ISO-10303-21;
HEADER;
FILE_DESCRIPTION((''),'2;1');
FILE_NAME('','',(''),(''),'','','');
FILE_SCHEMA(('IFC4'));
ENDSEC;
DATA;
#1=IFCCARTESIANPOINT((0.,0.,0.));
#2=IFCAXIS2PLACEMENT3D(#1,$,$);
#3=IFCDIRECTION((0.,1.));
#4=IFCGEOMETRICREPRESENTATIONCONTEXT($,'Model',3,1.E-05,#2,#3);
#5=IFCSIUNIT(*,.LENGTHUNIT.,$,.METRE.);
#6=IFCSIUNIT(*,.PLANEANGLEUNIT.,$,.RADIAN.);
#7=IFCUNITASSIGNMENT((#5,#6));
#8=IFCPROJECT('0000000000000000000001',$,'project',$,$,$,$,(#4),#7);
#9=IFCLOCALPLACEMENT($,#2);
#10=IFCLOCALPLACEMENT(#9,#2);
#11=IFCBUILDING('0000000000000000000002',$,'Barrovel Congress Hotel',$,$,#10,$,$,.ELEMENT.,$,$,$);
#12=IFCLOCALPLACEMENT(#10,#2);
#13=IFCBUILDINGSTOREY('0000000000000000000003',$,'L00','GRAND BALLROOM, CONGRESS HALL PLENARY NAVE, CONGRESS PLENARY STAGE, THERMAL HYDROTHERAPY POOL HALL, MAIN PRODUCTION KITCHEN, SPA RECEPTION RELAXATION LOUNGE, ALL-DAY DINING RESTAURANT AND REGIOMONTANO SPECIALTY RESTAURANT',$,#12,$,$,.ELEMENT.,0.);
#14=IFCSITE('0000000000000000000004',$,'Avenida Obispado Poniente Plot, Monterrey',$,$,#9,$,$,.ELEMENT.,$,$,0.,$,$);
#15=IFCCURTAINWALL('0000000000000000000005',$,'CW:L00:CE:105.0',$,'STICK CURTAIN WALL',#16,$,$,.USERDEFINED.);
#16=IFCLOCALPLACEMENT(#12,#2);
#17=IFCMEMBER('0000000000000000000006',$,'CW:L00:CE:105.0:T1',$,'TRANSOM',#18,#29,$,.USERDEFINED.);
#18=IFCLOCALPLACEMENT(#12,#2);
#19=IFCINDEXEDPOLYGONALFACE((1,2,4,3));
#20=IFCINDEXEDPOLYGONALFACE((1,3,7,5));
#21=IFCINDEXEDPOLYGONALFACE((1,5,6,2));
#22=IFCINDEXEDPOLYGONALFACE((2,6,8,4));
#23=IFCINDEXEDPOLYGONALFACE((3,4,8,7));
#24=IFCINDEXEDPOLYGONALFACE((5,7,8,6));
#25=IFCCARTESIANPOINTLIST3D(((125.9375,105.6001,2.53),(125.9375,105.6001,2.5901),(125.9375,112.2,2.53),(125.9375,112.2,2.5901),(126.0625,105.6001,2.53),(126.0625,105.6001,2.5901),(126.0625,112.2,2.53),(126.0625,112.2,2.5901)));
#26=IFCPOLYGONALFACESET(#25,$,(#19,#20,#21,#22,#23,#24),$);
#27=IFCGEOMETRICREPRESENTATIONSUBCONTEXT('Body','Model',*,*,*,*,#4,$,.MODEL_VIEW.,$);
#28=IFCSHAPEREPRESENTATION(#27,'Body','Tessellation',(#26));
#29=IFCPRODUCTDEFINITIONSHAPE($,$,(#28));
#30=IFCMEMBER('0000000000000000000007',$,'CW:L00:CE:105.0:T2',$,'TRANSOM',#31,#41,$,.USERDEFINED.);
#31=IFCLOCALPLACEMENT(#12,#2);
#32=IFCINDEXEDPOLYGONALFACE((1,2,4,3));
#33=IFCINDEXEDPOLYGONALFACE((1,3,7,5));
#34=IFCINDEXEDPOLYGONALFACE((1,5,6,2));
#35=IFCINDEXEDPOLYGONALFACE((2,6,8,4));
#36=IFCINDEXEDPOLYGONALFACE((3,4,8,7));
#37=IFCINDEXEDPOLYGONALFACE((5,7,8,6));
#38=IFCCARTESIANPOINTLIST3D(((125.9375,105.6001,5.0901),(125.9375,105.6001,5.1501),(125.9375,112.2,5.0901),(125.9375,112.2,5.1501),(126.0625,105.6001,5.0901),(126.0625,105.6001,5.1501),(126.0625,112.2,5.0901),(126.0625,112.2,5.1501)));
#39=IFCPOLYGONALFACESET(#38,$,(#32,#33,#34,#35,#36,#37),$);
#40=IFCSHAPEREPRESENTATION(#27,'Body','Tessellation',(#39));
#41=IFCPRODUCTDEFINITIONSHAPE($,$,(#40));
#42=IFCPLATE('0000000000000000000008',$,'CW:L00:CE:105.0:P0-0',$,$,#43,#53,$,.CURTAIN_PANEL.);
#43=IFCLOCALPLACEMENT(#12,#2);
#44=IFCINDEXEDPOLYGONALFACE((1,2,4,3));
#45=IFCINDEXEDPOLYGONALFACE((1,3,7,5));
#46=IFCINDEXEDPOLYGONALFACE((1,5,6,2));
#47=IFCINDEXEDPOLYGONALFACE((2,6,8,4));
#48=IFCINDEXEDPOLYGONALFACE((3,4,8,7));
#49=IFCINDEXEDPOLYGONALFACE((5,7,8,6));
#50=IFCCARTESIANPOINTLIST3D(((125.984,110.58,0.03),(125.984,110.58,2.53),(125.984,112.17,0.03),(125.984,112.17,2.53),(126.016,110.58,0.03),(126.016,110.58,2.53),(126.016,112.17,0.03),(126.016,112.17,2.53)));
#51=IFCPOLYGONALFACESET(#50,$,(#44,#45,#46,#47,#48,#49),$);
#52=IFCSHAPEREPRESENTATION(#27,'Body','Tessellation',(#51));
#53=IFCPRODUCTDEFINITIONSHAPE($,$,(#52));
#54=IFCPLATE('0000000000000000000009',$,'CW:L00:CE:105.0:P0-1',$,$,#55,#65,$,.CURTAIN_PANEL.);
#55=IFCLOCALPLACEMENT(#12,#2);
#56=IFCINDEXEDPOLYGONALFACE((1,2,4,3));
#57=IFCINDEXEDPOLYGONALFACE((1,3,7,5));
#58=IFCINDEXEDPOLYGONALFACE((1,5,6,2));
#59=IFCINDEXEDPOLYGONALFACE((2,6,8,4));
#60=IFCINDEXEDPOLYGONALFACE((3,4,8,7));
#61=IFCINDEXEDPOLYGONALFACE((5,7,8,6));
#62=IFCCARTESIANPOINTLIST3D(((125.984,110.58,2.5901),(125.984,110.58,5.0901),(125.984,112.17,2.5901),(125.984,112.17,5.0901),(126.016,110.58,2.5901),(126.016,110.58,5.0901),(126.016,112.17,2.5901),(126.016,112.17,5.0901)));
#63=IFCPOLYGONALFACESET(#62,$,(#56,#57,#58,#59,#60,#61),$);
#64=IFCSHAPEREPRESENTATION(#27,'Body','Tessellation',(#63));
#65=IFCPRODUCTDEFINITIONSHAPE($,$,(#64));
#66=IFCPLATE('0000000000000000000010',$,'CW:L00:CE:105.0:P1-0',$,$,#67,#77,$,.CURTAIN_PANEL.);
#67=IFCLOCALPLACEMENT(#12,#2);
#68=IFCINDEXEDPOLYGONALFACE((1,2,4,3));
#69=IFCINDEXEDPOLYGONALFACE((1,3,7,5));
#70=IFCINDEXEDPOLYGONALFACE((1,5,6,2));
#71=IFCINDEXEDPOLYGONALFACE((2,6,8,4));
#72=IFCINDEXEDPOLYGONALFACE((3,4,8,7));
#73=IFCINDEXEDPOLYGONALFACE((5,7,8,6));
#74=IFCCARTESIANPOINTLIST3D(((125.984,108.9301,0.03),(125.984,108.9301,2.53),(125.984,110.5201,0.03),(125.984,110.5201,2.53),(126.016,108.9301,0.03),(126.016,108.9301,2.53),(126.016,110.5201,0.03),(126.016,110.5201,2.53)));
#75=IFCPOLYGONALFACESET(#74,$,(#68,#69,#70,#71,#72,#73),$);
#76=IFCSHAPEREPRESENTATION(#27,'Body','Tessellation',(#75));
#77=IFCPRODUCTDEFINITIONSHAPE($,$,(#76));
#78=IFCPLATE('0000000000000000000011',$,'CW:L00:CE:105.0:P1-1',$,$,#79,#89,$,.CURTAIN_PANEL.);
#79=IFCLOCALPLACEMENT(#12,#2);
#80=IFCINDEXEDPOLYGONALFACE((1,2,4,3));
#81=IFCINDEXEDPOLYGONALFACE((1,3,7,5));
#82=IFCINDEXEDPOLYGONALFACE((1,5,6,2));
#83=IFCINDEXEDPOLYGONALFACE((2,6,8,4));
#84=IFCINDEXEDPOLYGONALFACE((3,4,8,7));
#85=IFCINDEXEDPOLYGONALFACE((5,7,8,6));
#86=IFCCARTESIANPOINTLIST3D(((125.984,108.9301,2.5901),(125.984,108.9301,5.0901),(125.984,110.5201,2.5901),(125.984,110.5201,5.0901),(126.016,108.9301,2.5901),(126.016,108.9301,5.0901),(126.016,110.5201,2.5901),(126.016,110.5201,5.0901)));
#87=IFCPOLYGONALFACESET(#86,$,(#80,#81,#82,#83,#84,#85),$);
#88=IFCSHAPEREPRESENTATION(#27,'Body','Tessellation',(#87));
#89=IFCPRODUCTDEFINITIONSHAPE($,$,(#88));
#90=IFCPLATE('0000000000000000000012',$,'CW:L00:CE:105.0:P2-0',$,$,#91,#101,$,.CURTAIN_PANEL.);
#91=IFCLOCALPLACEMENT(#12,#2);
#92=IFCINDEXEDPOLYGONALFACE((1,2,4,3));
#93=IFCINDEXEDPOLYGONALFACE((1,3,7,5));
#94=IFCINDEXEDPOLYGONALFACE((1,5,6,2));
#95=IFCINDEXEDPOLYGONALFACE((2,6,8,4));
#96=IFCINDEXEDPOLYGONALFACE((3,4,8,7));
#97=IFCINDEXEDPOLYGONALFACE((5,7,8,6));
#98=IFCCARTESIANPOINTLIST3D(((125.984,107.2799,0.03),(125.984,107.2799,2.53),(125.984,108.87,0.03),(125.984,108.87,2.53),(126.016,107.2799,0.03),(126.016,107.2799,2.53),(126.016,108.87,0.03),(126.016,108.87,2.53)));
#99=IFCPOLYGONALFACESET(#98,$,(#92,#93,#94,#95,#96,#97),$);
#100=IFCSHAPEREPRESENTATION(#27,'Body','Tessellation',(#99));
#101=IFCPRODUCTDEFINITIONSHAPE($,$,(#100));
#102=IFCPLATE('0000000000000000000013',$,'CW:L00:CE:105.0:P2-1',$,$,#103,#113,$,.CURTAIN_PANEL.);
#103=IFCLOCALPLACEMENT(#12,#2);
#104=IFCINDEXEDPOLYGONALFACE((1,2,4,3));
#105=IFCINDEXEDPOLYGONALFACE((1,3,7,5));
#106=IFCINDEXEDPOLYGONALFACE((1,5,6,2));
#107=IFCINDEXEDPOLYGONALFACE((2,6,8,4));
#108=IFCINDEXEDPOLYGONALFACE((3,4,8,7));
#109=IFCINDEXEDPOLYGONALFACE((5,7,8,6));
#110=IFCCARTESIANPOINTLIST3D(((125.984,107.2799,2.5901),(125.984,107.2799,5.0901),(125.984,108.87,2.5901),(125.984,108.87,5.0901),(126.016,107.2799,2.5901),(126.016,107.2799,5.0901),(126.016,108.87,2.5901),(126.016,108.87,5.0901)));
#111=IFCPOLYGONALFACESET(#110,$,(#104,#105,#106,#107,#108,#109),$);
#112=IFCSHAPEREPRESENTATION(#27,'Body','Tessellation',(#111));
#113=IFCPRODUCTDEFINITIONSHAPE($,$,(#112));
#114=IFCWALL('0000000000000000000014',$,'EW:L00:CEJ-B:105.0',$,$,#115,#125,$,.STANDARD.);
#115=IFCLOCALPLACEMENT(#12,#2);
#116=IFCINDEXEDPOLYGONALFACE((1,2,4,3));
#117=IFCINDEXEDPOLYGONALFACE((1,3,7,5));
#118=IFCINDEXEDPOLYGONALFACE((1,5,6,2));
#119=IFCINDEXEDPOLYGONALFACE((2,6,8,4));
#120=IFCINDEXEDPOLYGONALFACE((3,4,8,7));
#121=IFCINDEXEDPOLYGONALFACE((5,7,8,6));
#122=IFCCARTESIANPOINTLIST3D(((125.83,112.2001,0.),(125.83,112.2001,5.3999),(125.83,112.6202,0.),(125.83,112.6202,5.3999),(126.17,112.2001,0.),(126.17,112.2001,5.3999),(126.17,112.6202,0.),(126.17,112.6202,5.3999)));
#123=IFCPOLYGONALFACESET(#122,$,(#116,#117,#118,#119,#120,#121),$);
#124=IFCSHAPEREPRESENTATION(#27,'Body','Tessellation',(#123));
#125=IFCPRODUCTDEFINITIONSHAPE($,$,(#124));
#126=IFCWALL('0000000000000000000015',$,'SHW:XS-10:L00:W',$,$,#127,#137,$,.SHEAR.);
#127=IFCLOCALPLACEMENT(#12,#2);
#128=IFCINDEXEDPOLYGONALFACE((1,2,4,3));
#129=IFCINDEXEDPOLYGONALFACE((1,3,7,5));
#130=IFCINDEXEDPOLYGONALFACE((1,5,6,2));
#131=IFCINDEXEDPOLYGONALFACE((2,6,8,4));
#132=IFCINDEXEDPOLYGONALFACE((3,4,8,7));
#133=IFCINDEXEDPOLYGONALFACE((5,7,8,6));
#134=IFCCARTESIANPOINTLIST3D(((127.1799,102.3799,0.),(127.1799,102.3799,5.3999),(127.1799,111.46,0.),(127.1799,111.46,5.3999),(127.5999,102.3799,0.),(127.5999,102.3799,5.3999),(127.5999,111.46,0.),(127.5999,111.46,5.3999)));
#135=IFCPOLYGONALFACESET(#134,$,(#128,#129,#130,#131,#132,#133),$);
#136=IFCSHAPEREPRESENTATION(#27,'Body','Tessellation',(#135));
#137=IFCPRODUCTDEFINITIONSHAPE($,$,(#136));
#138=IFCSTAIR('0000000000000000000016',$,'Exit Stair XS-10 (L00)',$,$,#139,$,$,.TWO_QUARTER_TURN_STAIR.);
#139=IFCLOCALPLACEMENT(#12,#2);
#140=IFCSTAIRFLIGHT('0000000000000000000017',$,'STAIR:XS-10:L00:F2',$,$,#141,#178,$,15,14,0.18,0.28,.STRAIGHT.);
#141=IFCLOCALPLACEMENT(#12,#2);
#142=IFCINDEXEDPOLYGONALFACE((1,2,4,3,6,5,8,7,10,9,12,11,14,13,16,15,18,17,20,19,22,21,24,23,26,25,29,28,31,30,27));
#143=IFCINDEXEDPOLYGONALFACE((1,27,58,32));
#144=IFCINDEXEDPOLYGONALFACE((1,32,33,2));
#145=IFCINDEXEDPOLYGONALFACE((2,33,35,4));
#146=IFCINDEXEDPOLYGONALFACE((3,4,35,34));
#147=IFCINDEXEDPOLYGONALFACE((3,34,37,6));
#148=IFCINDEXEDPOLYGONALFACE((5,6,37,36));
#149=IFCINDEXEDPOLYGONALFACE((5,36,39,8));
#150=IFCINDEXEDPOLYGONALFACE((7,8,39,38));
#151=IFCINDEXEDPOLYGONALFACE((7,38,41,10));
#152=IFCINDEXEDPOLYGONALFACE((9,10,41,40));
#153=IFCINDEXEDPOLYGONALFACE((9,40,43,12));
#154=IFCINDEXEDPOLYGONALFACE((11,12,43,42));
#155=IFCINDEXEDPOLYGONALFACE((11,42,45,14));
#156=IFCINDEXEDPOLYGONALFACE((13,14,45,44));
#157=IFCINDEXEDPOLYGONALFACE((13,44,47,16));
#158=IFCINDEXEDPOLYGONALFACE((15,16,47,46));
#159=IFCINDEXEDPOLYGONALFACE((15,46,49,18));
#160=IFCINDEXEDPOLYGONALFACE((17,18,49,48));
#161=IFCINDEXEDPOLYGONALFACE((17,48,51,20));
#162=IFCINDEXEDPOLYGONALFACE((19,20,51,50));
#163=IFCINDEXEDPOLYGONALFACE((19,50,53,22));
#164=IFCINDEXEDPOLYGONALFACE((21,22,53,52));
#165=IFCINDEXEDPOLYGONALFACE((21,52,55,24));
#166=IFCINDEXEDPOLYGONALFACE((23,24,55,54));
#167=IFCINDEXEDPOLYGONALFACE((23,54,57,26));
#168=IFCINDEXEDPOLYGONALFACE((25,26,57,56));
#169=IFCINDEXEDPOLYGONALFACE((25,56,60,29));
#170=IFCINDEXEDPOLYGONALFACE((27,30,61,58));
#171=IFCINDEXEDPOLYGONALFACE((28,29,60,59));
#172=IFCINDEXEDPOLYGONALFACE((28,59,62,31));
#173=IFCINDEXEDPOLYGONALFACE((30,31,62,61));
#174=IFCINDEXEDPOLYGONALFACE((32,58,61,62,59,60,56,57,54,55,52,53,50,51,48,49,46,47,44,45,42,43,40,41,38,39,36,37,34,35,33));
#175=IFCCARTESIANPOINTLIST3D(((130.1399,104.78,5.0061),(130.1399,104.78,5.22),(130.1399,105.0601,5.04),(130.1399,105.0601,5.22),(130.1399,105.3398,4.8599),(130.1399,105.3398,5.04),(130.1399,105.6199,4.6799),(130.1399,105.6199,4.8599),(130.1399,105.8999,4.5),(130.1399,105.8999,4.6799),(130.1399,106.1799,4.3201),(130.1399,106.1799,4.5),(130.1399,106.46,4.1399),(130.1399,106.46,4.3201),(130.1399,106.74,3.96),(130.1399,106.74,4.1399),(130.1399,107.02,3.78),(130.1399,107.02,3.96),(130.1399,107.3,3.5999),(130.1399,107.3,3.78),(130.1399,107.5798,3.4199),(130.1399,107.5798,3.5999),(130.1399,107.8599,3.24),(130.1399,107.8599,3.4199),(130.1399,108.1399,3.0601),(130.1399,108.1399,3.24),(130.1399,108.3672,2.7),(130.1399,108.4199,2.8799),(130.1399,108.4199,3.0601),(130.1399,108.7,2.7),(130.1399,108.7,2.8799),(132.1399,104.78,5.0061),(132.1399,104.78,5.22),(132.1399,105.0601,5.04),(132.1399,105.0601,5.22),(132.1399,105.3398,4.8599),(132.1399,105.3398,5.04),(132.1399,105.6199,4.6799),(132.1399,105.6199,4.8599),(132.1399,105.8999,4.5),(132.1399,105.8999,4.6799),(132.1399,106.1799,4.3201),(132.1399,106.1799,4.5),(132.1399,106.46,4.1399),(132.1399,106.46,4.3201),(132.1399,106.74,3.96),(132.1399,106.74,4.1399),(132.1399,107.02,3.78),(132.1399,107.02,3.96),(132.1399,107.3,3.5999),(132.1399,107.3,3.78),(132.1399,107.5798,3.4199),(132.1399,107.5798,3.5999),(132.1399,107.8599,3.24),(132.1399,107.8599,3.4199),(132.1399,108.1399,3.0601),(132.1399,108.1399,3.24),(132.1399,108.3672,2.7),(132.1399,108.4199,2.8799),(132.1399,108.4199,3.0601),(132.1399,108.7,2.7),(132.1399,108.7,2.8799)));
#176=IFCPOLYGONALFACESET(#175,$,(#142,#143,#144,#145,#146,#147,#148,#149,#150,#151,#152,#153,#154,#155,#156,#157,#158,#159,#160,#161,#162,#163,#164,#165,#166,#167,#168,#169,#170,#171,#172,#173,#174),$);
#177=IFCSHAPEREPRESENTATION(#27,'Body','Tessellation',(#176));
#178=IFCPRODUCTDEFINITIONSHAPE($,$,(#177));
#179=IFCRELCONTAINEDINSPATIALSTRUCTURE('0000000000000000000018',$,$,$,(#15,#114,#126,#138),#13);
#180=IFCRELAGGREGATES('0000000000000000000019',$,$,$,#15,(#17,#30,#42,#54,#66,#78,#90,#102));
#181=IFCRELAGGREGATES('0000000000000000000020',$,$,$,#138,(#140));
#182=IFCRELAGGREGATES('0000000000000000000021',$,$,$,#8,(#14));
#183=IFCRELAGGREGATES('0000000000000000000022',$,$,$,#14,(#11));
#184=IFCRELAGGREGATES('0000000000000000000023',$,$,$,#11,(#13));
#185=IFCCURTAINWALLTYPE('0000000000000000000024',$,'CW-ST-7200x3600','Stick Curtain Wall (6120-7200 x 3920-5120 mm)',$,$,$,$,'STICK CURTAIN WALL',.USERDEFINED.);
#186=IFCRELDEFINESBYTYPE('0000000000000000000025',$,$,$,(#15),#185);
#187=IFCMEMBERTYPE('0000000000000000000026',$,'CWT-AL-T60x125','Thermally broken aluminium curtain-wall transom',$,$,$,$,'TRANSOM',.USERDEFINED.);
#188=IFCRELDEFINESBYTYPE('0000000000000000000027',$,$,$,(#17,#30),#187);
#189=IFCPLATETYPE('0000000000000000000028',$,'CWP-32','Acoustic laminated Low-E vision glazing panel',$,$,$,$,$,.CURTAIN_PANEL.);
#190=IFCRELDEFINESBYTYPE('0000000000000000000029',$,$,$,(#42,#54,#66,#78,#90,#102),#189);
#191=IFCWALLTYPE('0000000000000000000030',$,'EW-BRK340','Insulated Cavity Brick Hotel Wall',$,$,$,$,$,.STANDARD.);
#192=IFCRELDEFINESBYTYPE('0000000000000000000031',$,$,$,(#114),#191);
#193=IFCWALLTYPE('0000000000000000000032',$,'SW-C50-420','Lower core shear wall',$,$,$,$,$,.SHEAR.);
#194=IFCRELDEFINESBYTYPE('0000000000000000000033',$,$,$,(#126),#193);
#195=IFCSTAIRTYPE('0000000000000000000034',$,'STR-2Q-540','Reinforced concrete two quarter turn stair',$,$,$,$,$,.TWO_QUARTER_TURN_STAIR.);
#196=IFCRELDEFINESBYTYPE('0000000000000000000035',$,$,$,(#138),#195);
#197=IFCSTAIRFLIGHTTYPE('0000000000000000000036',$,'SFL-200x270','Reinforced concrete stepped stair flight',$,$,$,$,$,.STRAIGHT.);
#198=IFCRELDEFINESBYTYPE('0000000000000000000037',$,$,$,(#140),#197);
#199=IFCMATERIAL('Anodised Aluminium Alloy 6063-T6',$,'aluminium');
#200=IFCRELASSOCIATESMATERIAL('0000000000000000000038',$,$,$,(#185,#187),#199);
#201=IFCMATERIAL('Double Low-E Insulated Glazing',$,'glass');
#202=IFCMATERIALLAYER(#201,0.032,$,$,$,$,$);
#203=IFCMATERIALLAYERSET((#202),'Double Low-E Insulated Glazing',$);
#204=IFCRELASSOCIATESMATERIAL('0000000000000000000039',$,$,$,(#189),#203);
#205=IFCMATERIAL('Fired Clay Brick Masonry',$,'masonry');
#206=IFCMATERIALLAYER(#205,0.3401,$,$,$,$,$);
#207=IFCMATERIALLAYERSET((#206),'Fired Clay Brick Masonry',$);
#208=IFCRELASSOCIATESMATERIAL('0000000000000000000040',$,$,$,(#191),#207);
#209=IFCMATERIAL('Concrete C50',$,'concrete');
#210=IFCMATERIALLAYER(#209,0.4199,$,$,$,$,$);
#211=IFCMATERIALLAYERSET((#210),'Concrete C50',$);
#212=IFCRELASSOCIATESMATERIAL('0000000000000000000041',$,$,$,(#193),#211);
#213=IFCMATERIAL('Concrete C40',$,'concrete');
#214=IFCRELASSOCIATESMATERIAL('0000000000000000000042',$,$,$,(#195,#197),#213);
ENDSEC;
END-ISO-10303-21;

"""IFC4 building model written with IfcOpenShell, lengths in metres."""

from ifc_helpers import new_model, si_unit, direction, frame, frame_2d, origin, origin_2d, place, context, subcontext, project, spatial, polyline, rectangle, outline, extrude, material, layer, layer_set, material_profile, profile_set, type_object, element, aggregate, save


model = new_model("IFC4")

# Units and contexts
model_context = context("Model", 3, precision=1e-05, world=origin(), true_north=direction((0.0, 1.0)))
body_context = subcontext(model_context, "Body", "Model", "MODEL_VIEW")
ifc_project = project(units=[si_unit("LENGTHUNIT", "METRE"), si_unit("PLANEANGLEUNIT", "RADIAN")], contexts=[model_context])

# Site, building, storey
site_placement = place(None, origin())
site = spatial("IfcSite", under=ifc_project, at=site_placement, Name="Avenida Obispado Poniente Plot, Monterrey", CompositionType="ELEMENT", RefElevation=0.0)
building_placement = place(site_placement, origin())
building = spatial("IfcBuilding", under=site, at=building_placement, Name="Barrovel Congress Hotel", CompositionType="ELEMENT")
storey_placement = place(building_placement, origin())
storey = spatial("IfcBuildingStorey", under=building, at=storey_placement, Name="L00", Description="GRAND BALLROOM, CONGRESS HALL PLENARY NAVE, CONGRESS PLENARY STAGE, THERMAL HYDROTHERAPY POOL HALL, MAIN PRODUCTION KITCHEN, SPA RECEPTION RELAXATION LOUNGE, ALL-DAY DINING RESTAURANT AND REGIOMONTANO SPECIALTY RESTAURANT", CompositionType="ELEMENT", Elevation=0.0)

# Shared definitions
ifc_material_1 = material(Name="Concrete C40", Category="concrete")

# Curtain wall, members, plates
ifc_material_2 = material(Name="Anodised Aluminium Alloy 6063-T6", Category="aluminium")
curtain_wall_type = type_object("IfcCurtainWallType", Name="CW-ST-7200x3600", Description="Stick Curtain Wall (6120-7200 x 3920-5120 mm)", ElementType="STICK CURTAIN WALL", PredefinedType="USERDEFINED", material=ifc_material_2)
curtain_wall_placement = place(storey_placement, origin())
curtain_wall = element("IfcCurtainWall", 1, at=curtain_wall_placement, inside=storey, type_object=curtain_wall_type, Name="CW:L00:CE:105.0", ObjectType="STICK CURTAIN WALL", PredefinedType="USERDEFINED")
ifc_material_profile_1 = material_profile(ifc_material_2, rectangle(XDim=0.125, YDim=0.0601, at=origin_2d()), Name="AL-T60x125")
ifc_profile_set_1 = profile_set([ifc_material_profile_1], Name="Anodised Aluminium Alloy 6063-T6")
member_type_1 = type_object("IfcMemberType", Name="CWT-AL-T60x125", Description="Thermally broken aluminium curtain-wall transom", ElementType="TRANSOM", PredefinedType="USERDEFINED", material=ifc_profile_set_1)
member_1_placement = place(storey_placement, frame((126.0, 112.2, 2.5601), z_axis=(0.0, -1.0, 0.0), x_axis=(1.0, 0.0, 0.0)))
member_1 = element("IfcMember", 2, at=member_1_placement, type_object=member_type_1, Name="CW:L00:CE:105.0:T1", ObjectType="TRANSOM", PredefinedType="USERDEFINED", context=body_context, shape_type="SweptSolid", body=[
    extrude(rectangle(XDim=0.125, YDim=0.0601, at=origin_2d()), origin(), (0.0, 0.0, 1.0), 6.5999),
])
member_2_placement = place(storey_placement, frame((126.0, 112.2, 5.1201), z_axis=(0.0, -1.0, 0.0), x_axis=(1.0, 0.0, 0.0)))
member_2 = element("IfcMember", 3, at=member_2_placement, type_object=member_type_1, Name="CW:L00:CE:105.0:T2", ObjectType="TRANSOM", PredefinedType="USERDEFINED", context=body_context, shape_type="SweptSolid", body=[
    extrude(rectangle(XDim=0.125, YDim=0.0601, at=origin_2d()), origin(), (0.0, 0.0, 1.0), 6.5999),
])
ifc_material_3 = material(Name="Double Low-E Insulated Glazing", Category="glass")
ifc_layer_1 = layer(ifc_material_3, 0.032)
ifc_layer_set_1 = layer_set([ifc_layer_1], Name="Double Low-E Insulated Glazing")
plate_type = type_object("IfcPlateType", Name="CWP-32", Description="Acoustic laminated Low-E vision glazing panel", PredefinedType="CURTAIN_PANEL", material=ifc_layer_set_1)
plate_1_placement = place(storey_placement, frame((126.0, 111.375, 0.03), z_axis=(0.0, 0.0, 1.0), x_axis=(0.0, -1.0, 0.0)))
plate_1 = element("IfcPlate", 4, at=plate_1_placement, type_object=plate_type, Name="CW:L00:CE:105.0:P0-0", PredefinedType="CURTAIN_PANEL", context=body_context, shape_type="SweptSolid", body=[
    extrude(rectangle(XDim=1.5901, YDim=0.032, at=origin_2d()), origin(), (0.0, 0.0, 1.0), 2.5),
])
plate_2_placement = place(storey_placement, frame((126.0, 111.375, 2.5901), z_axis=(0.0, 0.0, 1.0), x_axis=(0.0, -1.0, 0.0)))
plate_2 = element("IfcPlate", 5, at=plate_2_placement, type_object=plate_type, Name="CW:L00:CE:105.0:P0-1", PredefinedType="CURTAIN_PANEL", context=body_context, shape_type="SweptSolid", body=[
    extrude(rectangle(XDim=1.5901, YDim=0.032, at=origin_2d()), origin(), (0.0, 0.0, 1.0), 2.5),
])
plate_3_placement = place(storey_placement, frame((126.0, 109.7251, 0.03), z_axis=(0.0, 0.0, 1.0), x_axis=(0.0, -1.0, 0.0)))
plate_3 = element("IfcPlate", 6, at=plate_3_placement, type_object=plate_type, Name="CW:L00:CE:105.0:P1-0", PredefinedType="CURTAIN_PANEL", context=body_context, shape_type="SweptSolid", body=[
    extrude(rectangle(XDim=1.5901, YDim=0.032, at=origin_2d()), origin(), (0.0, 0.0, 1.0), 2.5),
])
plate_4_placement = place(storey_placement, frame((126.0, 109.7251, 2.5901), z_axis=(0.0, 0.0, 1.0), x_axis=(0.0, -1.0, 0.0)))
plate_4 = element("IfcPlate", 7, at=plate_4_placement, type_object=plate_type, Name="CW:L00:CE:105.0:P1-1", PredefinedType="CURTAIN_PANEL", context=body_context, shape_type="SweptSolid", body=[
    extrude(rectangle(XDim=1.5901, YDim=0.032, at=origin_2d()), origin(), (0.0, 0.0, 1.0), 2.5),
])
plate_5_placement = place(storey_placement, frame((126.0, 108.075, 0.03), z_axis=(0.0, 0.0, 1.0), x_axis=(0.0, -1.0, 0.0)))
plate_5 = element("IfcPlate", 8, at=plate_5_placement, type_object=plate_type, Name="CW:L00:CE:105.0:P2-0", PredefinedType="CURTAIN_PANEL", context=body_context, shape_type="SweptSolid", body=[
    extrude(rectangle(XDim=1.5901, YDim=0.032, at=origin_2d()), origin(), (0.0, 0.0, 1.0), 2.5),
])
plate_6_placement = place(storey_placement, frame((126.0, 108.075, 2.5901), z_axis=(0.0, 0.0, 1.0), x_axis=(0.0, -1.0, 0.0)))
plate_6 = element("IfcPlate", 9, at=plate_6_placement, type_object=plate_type, Name="CW:L00:CE:105.0:P2-1", PredefinedType="CURTAIN_PANEL", context=body_context, shape_type="SweptSolid", body=[
    extrude(rectangle(XDim=1.5901, YDim=0.032, at=origin_2d()), origin(), (0.0, 0.0, 1.0), 2.5),
])
aggregate(curtain_wall, [member_1, member_2, plate_1, plate_2, plate_3, plate_4, plate_5, plate_6])

# Walls
ifc_material_4 = material(Name="Fired Clay Brick Masonry", Category="masonry")
ifc_layer_2 = layer(ifc_material_4, 0.3401)
ifc_layer_set_2 = layer_set([ifc_layer_2], Name="Fired Clay Brick Masonry")
wall_type_1 = type_object("IfcWallType", Name="EW-BRK340", Description="Insulated Cavity Brick Hotel Wall", PredefinedType="STANDARD", material=ifc_layer_set_2)
wall_1_placement = place(storey_placement, frame((126.0, 112.6201, 0.0), z_axis=(0.0, 0.0, 1.0), x_axis=(0.0, -1.0, 0.0)))
element("IfcWall", 10, at=wall_1_placement, inside=storey, type_object=wall_type_1, Name="EW:L00:CEJ-B:105.0", PredefinedType="STANDARD", context=body_context, shape_type="SweptSolid", body=[
    extrude(rectangle(XDim=0.4202, YDim=0.3401, at=frame_2d((0.21, 0.0))), origin(), (0.0, 0.0, 1.0), 5.3999),
])
ifc_material_5 = material(Name="Concrete C50", Category="concrete")
ifc_layer_3 = layer(ifc_material_5, 0.4199)
ifc_layer_set_3 = layer_set([ifc_layer_3], Name="Concrete C50")
wall_type_2 = type_object("IfcWallType", Name="SW-C50-420", Description="Lower core shear wall", PredefinedType="SHEAR", material=ifc_layer_set_3)
wall_2_placement = place(storey_placement, frame((127.3899, 111.46, 0.0), z_axis=(0.0, 0.0, 1.0), x_axis=(0.0, -1.0, 0.0)))
element("IfcWall", 11, at=wall_2_placement, inside=storey, type_object=wall_type_2, Name="SHW:XS-10:L00:W", PredefinedType="SHEAR", context=body_context, shape_type="SweptSolid", body=[
    extrude(rectangle(XDim=9.0801, YDim=0.4199, at=frame_2d((4.54, 0.0))), origin(), (0.0, 0.0, 1.0), 5.3999),
])

# Stair, stair flight
stair_type = type_object("IfcStairType", Name="STR-2Q-540", Description="Reinforced concrete two quarter turn stair", PredefinedType="TWO_QUARTER_TURN_STAIR", material=ifc_material_1)
stair_placement = place(storey_placement, origin())
stair = element("IfcStair", 12, at=stair_placement, inside=storey, type_object=stair_type, Name="Exit Stair XS-10 (L00)", PredefinedType="TWO_QUARTER_TURN_STAIR")
stair_flight_type = type_object("IfcStairFlightType", Name="SFL-200x270", Description="Reinforced concrete stepped stair flight", PredefinedType="STRAIGHT", material=ifc_material_1)
stair_flight_placement = place(storey_placement, frame((131.1399, 108.7, 2.7), z_axis=(0.0, 0.0, 1.0), x_axis=(0.0, -1.0, 0.0)))
stair_flight = element("IfcStairFlight", 13, at=stair_flight_placement, type_object=stair_flight_type, Name="STAIR:XS-10:L00:F2", NumberOfRisers=15, NumberOfTreads=14, PredefinedType="STRAIGHT", RiserHeight=0.18, TreadLength=0.28, context=body_context, shape_type="SweptSolid", body=[
    extrude(outline(polyline([(0.0, 0.0), (0.0, 0.1799), (0.28, 0.1799), (0.28, 0.3601), (0.5601, 0.3601), (0.5601, 0.54), (0.8401, 0.54), (0.8401, 0.72), (1.1201, 0.72), (1.1201, 0.8999), (1.3999, 0.8999), (1.3999, 1.0801), (1.6799, 1.0801), (1.6799, 1.26), (1.96, 1.26), (1.96, 1.4399), (2.24, 1.4399), (2.24, 1.6201), (2.52, 1.6201), (2.52, 1.8), (2.8, 1.8), (2.8, 1.98), (3.0801, 1.98), (3.0801, 2.1599), (3.3601, 2.1599), (3.3601, 2.3401), (3.6399, 2.3401), (3.6399, 2.52), (3.9199, 2.52), (3.9199, 2.7), (3.9199, 2.3062), (0.3328, 0.0), (0.0, 0.0)])), frame((0.0, 1.0, 0.0), z_axis=(0.0, -1.0, 0.0), x_axis=(1.0, 0.0, 0.0)), (0.0, 0.0, 1.0), 2.0),
])
aggregate(stair, [stair_flight])

save(model, "model.ifc")
